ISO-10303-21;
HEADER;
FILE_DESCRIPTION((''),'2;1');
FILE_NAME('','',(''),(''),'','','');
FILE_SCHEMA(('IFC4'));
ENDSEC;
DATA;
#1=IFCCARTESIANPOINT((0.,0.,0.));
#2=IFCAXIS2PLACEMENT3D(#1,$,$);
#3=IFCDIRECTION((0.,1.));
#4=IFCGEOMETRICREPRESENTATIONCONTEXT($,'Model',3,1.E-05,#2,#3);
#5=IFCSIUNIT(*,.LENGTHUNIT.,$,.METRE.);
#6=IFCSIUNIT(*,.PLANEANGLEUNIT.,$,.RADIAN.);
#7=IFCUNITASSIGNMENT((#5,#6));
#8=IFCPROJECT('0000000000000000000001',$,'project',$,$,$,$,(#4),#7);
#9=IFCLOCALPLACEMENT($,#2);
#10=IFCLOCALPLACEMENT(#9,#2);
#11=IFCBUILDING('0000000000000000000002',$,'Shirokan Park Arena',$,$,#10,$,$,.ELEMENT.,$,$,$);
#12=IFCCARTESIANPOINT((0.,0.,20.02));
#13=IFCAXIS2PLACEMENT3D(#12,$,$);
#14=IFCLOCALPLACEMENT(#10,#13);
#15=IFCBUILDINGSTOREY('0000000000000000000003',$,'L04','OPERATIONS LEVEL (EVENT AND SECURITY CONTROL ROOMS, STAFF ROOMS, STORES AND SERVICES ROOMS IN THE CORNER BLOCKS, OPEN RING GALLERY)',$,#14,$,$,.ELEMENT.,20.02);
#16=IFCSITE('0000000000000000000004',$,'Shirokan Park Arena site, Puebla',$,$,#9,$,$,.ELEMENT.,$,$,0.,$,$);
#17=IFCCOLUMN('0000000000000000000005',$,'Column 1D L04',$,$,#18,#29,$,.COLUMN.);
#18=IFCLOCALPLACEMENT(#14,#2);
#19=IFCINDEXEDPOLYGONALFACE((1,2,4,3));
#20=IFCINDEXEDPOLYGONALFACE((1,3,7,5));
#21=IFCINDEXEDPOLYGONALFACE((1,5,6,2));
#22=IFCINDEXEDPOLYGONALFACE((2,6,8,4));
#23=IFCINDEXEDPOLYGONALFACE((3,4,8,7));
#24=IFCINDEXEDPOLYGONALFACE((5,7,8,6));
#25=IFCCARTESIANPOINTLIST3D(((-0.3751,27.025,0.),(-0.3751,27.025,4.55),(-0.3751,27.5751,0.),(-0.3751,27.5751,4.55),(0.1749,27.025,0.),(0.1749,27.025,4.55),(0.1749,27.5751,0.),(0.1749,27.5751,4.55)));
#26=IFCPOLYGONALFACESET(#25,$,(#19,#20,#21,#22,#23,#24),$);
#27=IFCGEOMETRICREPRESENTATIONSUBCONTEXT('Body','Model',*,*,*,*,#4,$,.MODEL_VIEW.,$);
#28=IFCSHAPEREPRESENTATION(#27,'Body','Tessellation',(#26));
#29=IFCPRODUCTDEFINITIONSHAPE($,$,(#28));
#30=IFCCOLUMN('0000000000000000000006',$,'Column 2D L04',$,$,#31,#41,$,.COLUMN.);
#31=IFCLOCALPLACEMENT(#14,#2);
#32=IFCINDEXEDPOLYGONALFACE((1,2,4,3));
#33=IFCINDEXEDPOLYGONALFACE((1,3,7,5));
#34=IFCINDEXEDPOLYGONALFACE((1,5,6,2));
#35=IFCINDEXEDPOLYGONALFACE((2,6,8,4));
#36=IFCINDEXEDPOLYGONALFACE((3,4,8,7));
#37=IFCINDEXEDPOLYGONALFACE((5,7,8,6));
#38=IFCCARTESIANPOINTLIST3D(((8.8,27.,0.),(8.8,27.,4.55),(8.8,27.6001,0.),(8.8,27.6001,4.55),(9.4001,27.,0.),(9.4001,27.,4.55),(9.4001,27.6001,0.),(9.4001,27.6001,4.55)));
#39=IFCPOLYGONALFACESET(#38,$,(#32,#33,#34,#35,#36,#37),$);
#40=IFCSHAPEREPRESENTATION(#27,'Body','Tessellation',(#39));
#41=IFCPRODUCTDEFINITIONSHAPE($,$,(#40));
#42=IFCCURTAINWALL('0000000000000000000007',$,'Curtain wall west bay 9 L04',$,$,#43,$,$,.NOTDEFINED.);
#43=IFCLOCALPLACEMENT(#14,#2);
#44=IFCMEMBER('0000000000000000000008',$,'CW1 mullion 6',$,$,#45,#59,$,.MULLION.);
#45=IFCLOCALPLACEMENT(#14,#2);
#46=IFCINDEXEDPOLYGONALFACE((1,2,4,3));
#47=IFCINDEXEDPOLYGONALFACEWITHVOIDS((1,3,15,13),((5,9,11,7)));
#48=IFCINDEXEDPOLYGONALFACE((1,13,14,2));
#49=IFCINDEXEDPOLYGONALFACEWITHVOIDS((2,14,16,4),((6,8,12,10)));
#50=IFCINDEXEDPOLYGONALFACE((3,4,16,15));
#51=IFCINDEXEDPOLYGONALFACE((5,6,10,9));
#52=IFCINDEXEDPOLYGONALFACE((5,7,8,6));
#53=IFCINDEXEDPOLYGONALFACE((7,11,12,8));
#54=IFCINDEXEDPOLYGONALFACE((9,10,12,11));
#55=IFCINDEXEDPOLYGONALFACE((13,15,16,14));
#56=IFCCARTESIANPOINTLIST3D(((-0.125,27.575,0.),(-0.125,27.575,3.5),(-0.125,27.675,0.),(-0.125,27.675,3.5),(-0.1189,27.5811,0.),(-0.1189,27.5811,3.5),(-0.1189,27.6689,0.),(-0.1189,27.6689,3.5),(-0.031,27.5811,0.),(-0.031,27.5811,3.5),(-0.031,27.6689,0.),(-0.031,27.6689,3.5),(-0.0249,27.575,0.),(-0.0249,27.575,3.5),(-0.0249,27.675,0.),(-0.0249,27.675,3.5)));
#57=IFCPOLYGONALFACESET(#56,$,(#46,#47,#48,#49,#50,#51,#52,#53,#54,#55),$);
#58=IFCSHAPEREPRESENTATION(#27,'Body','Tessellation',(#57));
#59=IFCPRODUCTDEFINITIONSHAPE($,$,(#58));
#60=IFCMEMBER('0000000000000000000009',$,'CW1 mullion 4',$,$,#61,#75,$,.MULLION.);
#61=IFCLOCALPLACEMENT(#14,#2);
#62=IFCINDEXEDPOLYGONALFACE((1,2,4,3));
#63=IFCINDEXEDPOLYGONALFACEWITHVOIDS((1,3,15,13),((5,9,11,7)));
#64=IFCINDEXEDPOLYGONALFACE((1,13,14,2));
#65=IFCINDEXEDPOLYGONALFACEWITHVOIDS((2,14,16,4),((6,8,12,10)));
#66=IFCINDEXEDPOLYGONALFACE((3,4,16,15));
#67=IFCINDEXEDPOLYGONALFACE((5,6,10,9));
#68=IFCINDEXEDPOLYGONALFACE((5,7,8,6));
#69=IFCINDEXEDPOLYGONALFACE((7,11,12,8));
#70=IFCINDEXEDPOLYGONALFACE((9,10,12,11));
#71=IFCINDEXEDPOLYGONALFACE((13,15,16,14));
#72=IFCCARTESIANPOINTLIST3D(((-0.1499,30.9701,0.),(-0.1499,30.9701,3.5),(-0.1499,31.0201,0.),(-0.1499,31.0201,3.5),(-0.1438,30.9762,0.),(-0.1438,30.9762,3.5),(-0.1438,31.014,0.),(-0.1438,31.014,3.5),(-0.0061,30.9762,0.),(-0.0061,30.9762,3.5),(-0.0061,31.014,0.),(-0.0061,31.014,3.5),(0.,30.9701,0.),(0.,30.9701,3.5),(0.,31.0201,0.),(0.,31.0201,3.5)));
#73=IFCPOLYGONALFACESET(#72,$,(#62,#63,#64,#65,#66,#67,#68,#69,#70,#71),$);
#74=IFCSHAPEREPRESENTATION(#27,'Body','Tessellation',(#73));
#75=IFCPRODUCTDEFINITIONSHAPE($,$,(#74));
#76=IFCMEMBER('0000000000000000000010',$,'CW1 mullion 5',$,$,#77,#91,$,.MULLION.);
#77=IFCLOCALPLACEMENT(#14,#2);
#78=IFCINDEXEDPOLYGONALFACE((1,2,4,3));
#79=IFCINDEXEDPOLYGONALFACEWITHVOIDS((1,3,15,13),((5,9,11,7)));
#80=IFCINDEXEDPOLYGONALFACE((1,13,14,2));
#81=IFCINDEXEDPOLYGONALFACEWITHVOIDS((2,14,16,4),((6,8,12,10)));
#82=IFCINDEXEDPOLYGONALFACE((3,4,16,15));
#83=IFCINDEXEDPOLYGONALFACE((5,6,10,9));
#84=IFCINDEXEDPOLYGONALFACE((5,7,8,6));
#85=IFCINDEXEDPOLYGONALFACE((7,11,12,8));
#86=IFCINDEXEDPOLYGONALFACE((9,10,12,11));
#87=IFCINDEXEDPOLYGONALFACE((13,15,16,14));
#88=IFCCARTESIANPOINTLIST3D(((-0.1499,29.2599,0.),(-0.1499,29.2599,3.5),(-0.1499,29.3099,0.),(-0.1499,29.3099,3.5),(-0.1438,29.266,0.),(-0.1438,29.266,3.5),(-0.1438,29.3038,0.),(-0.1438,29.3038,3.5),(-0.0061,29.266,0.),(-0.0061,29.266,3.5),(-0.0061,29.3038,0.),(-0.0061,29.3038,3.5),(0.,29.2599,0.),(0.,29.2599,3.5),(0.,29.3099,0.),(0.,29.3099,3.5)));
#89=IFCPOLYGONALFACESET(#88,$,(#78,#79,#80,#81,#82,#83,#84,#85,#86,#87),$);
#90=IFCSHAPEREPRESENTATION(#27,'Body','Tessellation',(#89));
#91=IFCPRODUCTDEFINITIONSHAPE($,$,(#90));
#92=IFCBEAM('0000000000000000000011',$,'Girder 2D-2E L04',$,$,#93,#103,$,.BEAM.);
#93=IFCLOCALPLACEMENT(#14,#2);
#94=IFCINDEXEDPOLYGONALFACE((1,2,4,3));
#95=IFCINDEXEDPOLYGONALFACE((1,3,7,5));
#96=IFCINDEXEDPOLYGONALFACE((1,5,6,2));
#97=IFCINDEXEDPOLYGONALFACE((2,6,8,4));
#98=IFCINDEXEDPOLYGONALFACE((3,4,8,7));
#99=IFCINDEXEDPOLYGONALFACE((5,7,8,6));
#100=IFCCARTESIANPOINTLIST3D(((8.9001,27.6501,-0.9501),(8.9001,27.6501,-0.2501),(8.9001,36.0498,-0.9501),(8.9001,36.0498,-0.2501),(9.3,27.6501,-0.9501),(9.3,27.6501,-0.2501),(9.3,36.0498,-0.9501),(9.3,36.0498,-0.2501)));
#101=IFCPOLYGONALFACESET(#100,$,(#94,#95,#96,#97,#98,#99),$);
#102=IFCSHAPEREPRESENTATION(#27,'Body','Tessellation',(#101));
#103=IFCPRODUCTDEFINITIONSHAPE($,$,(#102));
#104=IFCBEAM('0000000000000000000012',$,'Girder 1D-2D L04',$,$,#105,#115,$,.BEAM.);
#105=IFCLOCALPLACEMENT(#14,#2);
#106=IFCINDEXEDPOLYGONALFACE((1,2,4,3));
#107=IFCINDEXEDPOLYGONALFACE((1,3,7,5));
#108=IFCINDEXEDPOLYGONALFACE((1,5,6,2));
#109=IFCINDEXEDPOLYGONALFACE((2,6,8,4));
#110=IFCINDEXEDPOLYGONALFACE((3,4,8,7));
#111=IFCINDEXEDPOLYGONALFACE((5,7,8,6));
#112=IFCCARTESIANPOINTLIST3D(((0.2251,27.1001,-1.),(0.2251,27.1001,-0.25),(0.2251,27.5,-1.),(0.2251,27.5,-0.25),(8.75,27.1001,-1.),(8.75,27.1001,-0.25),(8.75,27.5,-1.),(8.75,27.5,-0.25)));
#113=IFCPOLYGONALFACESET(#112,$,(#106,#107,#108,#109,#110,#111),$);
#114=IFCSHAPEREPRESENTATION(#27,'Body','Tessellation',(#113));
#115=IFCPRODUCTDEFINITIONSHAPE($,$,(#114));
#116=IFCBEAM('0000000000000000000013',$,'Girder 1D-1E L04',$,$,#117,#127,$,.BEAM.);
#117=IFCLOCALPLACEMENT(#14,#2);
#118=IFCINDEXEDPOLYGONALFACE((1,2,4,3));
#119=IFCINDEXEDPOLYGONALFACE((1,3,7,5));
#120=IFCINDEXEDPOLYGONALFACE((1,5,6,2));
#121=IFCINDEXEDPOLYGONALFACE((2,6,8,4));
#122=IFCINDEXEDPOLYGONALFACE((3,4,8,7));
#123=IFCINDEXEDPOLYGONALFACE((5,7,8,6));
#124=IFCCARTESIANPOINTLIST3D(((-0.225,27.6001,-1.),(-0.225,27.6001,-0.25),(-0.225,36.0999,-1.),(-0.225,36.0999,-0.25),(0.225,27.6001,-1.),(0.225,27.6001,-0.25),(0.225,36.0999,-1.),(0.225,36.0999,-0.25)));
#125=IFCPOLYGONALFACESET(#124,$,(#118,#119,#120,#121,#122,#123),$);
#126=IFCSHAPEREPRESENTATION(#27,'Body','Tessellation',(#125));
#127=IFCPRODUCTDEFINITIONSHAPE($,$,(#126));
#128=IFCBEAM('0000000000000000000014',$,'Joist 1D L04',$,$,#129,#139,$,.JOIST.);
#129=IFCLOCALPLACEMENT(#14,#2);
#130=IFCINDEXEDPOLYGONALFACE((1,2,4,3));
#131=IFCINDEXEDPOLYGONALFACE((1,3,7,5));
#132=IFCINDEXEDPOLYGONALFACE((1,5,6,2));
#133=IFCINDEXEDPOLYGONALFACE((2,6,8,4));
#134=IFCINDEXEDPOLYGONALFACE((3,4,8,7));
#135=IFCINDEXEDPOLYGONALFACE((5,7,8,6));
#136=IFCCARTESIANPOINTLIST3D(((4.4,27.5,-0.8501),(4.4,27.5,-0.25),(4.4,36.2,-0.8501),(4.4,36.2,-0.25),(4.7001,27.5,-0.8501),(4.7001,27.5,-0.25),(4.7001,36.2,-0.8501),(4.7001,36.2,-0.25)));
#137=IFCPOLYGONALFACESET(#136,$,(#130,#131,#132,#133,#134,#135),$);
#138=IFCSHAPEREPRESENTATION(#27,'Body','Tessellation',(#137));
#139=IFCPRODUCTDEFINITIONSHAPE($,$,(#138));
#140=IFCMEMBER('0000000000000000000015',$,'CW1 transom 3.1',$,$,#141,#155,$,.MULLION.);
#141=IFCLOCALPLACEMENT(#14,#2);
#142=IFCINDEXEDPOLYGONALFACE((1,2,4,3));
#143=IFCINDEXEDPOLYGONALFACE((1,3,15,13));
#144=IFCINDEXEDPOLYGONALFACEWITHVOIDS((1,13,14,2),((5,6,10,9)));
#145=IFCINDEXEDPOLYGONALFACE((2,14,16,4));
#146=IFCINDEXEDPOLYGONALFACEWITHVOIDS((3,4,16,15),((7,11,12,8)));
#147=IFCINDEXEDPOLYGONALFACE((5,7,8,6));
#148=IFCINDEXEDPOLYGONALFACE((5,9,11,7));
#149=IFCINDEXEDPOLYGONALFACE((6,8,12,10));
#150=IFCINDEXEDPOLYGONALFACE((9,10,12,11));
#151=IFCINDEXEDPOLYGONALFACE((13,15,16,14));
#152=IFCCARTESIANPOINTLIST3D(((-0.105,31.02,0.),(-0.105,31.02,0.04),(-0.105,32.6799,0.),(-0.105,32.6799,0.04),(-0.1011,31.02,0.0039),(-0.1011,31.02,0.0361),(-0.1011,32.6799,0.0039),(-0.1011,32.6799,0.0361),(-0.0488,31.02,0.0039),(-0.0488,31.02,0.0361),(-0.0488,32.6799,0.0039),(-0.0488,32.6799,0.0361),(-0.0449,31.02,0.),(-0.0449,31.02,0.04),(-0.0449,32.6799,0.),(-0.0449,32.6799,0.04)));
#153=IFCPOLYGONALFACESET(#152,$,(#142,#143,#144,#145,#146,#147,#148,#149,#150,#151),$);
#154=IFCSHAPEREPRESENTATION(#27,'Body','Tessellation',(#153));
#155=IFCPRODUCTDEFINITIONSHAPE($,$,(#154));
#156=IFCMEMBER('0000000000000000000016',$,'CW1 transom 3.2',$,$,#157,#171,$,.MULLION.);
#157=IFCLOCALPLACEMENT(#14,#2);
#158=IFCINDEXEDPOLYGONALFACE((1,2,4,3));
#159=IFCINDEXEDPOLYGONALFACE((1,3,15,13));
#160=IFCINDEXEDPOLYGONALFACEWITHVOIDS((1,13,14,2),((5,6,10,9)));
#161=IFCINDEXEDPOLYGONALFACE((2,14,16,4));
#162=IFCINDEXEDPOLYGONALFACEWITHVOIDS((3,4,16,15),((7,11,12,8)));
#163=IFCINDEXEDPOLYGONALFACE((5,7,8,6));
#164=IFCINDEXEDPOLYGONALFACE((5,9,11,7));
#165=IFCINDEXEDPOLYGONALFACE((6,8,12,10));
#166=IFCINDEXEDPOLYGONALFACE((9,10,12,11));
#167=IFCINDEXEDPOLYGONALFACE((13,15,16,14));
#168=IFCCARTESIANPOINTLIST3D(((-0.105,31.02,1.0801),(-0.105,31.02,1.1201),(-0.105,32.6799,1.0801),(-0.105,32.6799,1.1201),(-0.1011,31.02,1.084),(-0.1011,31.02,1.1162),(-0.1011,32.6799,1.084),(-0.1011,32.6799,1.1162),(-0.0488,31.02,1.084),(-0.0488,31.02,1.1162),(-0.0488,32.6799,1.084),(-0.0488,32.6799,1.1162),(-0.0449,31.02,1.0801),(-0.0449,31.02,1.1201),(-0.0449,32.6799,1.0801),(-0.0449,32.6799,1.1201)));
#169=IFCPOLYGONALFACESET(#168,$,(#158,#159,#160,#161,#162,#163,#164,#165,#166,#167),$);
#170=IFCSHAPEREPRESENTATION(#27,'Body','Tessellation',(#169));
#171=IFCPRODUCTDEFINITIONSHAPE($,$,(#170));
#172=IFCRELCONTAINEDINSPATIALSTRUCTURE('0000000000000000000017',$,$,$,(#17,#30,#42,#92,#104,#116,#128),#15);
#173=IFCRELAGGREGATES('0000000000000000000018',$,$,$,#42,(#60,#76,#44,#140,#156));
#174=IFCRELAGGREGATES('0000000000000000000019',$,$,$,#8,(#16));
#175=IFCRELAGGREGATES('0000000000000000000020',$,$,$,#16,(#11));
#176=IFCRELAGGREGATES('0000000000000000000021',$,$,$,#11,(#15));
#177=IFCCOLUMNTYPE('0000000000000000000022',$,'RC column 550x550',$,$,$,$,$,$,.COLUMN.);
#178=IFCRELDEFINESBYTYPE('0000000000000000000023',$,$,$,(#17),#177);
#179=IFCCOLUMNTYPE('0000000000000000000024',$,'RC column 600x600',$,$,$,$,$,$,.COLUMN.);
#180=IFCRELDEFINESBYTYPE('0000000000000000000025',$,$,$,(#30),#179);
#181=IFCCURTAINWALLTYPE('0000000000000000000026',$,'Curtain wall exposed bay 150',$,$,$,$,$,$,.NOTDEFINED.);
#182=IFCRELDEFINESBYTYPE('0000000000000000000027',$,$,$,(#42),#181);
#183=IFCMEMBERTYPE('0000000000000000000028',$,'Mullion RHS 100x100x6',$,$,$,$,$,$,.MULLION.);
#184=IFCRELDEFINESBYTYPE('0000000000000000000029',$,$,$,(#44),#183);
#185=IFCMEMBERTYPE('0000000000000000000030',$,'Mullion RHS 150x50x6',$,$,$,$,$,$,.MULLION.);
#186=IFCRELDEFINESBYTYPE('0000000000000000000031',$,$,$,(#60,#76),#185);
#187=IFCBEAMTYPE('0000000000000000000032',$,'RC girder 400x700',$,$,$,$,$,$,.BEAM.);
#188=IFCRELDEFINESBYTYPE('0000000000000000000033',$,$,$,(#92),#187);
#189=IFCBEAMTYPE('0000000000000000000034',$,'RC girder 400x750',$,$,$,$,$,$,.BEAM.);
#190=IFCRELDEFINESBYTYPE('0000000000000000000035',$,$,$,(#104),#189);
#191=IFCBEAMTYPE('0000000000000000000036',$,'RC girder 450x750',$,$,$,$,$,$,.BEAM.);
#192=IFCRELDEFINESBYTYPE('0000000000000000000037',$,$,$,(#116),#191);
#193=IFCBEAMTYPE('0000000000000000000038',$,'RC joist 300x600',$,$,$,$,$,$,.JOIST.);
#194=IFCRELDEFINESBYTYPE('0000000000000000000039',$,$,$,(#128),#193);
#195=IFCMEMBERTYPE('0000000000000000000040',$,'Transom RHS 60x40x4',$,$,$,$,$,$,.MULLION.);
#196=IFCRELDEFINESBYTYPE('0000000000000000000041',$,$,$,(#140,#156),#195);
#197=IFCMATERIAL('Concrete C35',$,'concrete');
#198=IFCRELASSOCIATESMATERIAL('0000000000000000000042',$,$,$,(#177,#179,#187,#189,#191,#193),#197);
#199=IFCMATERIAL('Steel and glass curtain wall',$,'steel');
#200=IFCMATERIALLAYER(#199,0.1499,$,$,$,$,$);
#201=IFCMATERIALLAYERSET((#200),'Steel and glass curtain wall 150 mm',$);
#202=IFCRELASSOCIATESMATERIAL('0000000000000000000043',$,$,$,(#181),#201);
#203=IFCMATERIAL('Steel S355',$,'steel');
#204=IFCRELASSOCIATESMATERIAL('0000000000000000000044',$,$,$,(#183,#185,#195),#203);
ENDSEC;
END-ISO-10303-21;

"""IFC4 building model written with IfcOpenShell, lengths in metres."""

from ifc_helpers import new_model, si_unit, direction, frame, origin, origin_2d, place, context, subcontext, project, spatial, rectangle, hollow_rectangle, extrude, material, layer, layer_set, material_profile, profile_set, type_object, element, aggregate, save


model = new_model("IFC4")

# Units and contexts
model_context = context("Model", 3, precision=1e-05, world=origin(), true_north=direction((0.0, 1.0)))
body_context = subcontext(model_context, "Body", "Model", "MODEL_VIEW")
ifc_project = project(units=[si_unit("LENGTHUNIT", "METRE"), si_unit("PLANEANGLEUNIT", "RADIAN")], contexts=[model_context])

# Site, building, storey
site_placement = place(None, origin())
site = spatial("IfcSite", under=ifc_project, at=site_placement, Name="Shirokan Park Arena site, Puebla", CompositionType="ELEMENT", RefElevation=0.0)
building_placement = place(site_placement, origin())
building = spatial("IfcBuilding", under=site, at=building_placement, Name="Shirokan Park Arena", CompositionType="ELEMENT")
storey_placement = place(building_placement, frame((0.0, 0.0, 20.02)))
storey = spatial("IfcBuildingStorey", under=building, at=storey_placement, Name="L04", Description="OPERATIONS LEVEL (EVENT AND SECURITY CONTROL ROOMS, STAFF ROOMS, STORES AND SERVICES ROOMS IN THE CORNER BLOCKS, OPEN RING GALLERY)", CompositionType="ELEMENT", Elevation=20.02)

# Columns
ifc_material_1 = material(Name="Concrete C35", Category="concrete")
ifc_material_profile_1 = material_profile(ifc_material_1, rectangle(XDim=0.55, YDim=0.55, at=origin_2d()), Name="550x550")
ifc_profile_set_1 = profile_set([ifc_material_profile_1], Name="Concrete C35")
column_type_1 = type_object("IfcColumnType", Name="RC column 550x550", PredefinedType="COLUMN", material=ifc_profile_set_1)
column_1_placement = place(storey_placement, frame((-0.1001, 27.3, 0.0), z_axis=(0.0, 0.0, 1.0), x_axis=(1.0, 0.0, 0.0)))
element("IfcColumn", 1, at=column_1_placement, inside=storey, type_object=column_type_1, Name="Column 1D L04", PredefinedType="COLUMN", context=body_context, shape_type="SweptSolid", body=[
    extrude(rectangle(XDim=0.55, YDim=0.55, at=origin_2d()), origin(), (0.0, 0.0, 1.0), 4.55),
])
ifc_material_profile_2 = material_profile(ifc_material_1, rectangle(XDim=0.6001, YDim=0.6001, at=origin_2d()), Name="600x600")
ifc_profile_set_2 = profile_set([ifc_material_profile_2], Name="Concrete C35")
column_type_2 = type_object("IfcColumnType", Name="RC column 600x600", PredefinedType="COLUMN", material=ifc_profile_set_2)
column_2_placement = place(storey_placement, frame((9.1001, 27.3, 0.0), z_axis=(0.0, 0.0, 1.0), x_axis=(1.0, 0.0, 0.0)))
element("IfcColumn", 2, at=column_2_placement, inside=storey, type_object=column_type_2, Name="Column 2D L04", PredefinedType="COLUMN", context=body_context, shape_type="SweptSolid", body=[
    extrude(rectangle(XDim=0.6001, YDim=0.6001, at=origin_2d()), origin(), (0.0, 0.0, 1.0), 4.55),
])

# Curtain wall, members
ifc_material_2 = material(Name="Steel and glass curtain wall", Category="steel")
ifc_layer_1 = layer(ifc_material_2, 0.1499)
ifc_layer_set_1 = layer_set([ifc_layer_1], Name="Steel and glass curtain wall 150 mm")
curtain_wall_type = type_object("IfcCurtainWallType", Name="Curtain wall exposed bay 150", PredefinedType="NOTDEFINED", material=ifc_layer_set_1)
curtain_wall_placement = place(storey_placement, origin())
curtain_wall = element("IfcCurtainWall", 3, at=curtain_wall_placement, inside=storey, type_object=curtain_wall_type, Name="Curtain wall west bay 9 L04", PredefinedType="NOTDEFINED")
ifc_material_3 = material(Name="Steel S355", Category="steel")
ifc_material_profile_3 = material_profile(ifc_material_3, hollow_rectangle(XDim=0.1001, YDim=0.1001, WallThickness=0.0061, at=origin_2d()), Name="RHS 100x100x6")
ifc_profile_set_3 = profile_set([ifc_material_profile_3], Name="Steel S355")
member_type_1 = type_object("IfcMemberType", Name="Mullion RHS 100x100x6", PredefinedType="MULLION", material=ifc_profile_set_3)
member_1_placement = place(storey_placement, frame((-0.075, 27.625, 0.0), z_axis=(0.0, 0.0, 1.0), x_axis=(1.0, 0.0, 0.0)))
member_1 = element("IfcMember", 4, at=member_1_placement, type_object=member_type_1, Name="CW1 mullion 6", PredefinedType="MULLION", context=body_context, shape_type="SweptSolid", body=[
    extrude(hollow_rectangle(XDim=0.1001, YDim=0.1001, WallThickness=0.0061, at=origin_2d()), origin(), (0.0, 0.0, 1.0), 3.5),
])
ifc_material_profile_4 = material_profile(ifc_material_3, hollow_rectangle(XDim=0.1499, YDim=0.05, WallThickness=0.0061, at=origin_2d()), Name="RHS 150x50x6")
ifc_profile_set_4 = profile_set([ifc_material_profile_4], Name="Steel S355")
member_type_2 = type_object("IfcMemberType", Name="Mullion RHS 150x50x6", PredefinedType="MULLION", material=ifc_profile_set_4)
member_2_placement = place(storey_placement, frame((-0.075, 30.9951, 0.0), z_axis=(0.0, 0.0, 1.0), x_axis=(1.0, 0.0, 0.0)))
member_2 = element("IfcMember", 5, at=member_2_placement, type_object=member_type_2, Name="CW1 mullion 4", PredefinedType="MULLION", context=body_context, shape_type="SweptSolid", body=[
    extrude(hollow_rectangle(XDim=0.1499, YDim=0.05, WallThickness=0.0061, at=origin_2d()), origin(), (0.0, 0.0, 1.0), 3.5),
])
member_3_placement = place(storey_placement, frame((-0.075, 29.2849, 0.0), z_axis=(0.0, 0.0, 1.0), x_axis=(1.0, 0.0, 0.0)))
member_3 = element("IfcMember", 6, at=member_3_placement, type_object=member_type_2, Name="CW1 mullion 5", PredefinedType="MULLION", context=body_context, shape_type="SweptSolid", body=[
    extrude(hollow_rectangle(XDim=0.1499, YDim=0.05, WallThickness=0.0061, at=origin_2d()), origin(), (0.0, 0.0, 1.0), 3.5),
])

# Beams
ifc_material_profile_5 = material_profile(ifc_material_1, rectangle(XDim=0.3999, YDim=0.7, at=origin_2d()), Name="400x700")
ifc_profile_set_5 = profile_set([ifc_material_profile_5], Name="Concrete C35")
beam_type_1 = type_object("IfcBeamType", Name="RC girder 400x700", PredefinedType="BEAM", material=ifc_profile_set_5)
beam_1_placement = place(storey_placement, frame((9.1001, 27.6501, -0.6001), z_axis=(0.0, 1.0, 0.0), x_axis=(-1.0, 0.0, 0.0)))
element("IfcBeam", 7, at=beam_1_placement, inside=storey, type_object=beam_type_1, Name="Girder 2D-2E L04", PredefinedType="BEAM", context=body_context, shape_type="SweptSolid", body=[
    extrude(rectangle(XDim=0.3999, YDim=0.7, at=origin_2d()), origin(), (0.0, 0.0, 1.0), 8.3997),
])
ifc_material_profile_6 = material_profile(ifc_material_1, rectangle(XDim=0.3999, YDim=0.75, at=origin_2d()), Name="400x750")
ifc_profile_set_6 = profile_set([ifc_material_profile_6], Name="Concrete C35")
beam_type_2 = type_object("IfcBeamType", Name="RC girder 400x750", PredefinedType="BEAM", material=ifc_profile_set_6)
beam_2_placement = place(storey_placement, frame((0.2251, 27.3, -0.625), z_axis=(1.0, 0.0, 0.0), x_axis=(0.0, 1.0, 0.0)))
element("IfcBeam", 8, at=beam_2_placement, inside=storey, type_object=beam_type_2, Name="Girder 1D-2D L04", PredefinedType="BEAM", context=body_context, shape_type="SweptSolid", body=[
    extrude(rectangle(XDim=0.3999, YDim=0.75, at=origin_2d()), origin(), (0.0, 0.0, 1.0), 8.5249),
])
ifc_material_profile_7 = material_profile(ifc_material_1, rectangle(XDim=0.45, YDim=0.75, at=origin_2d()), Name="450x750")
ifc_profile_set_7 = profile_set([ifc_material_profile_7], Name="Concrete C35")
beam_type_3 = type_object("IfcBeamType", Name="RC girder 450x750", PredefinedType="BEAM", material=ifc_profile_set_7)
beam_3_placement = place(storey_placement, frame((0.0, 27.6001, -0.625), z_axis=(0.0, 1.0, 0.0), x_axis=(-1.0, 0.0, 0.0)))
element("IfcBeam", 9, at=beam_3_placement, inside=storey, type_object=beam_type_3, Name="Girder 1D-1E L04", PredefinedType="BEAM", context=body_context, shape_type="SweptSolid", body=[
    extrude(rectangle(XDim=0.45, YDim=0.75, at=origin_2d()), origin(), (0.0, 0.0, 1.0), 8.4998),
])
ifc_material_profile_8 = material_profile(ifc_material_1, rectangle(XDim=0.3, YDim=0.6001, at=origin_2d()), Name="300x600")
ifc_profile_set_8 = profile_set([ifc_material_profile_8], Name="Concrete C35")
beam_type_4 = type_object("IfcBeamType", Name="RC joist 300x600", PredefinedType="JOIST", material=ifc_profile_set_8)
beam_4_placement = place(storey_placement, frame((4.55, 27.5, -0.55), z_axis=(0.0, 1.0, 0.0), x_axis=(-1.0, 0.0, 0.0)))
element("IfcBeam", 10, at=beam_4_placement, inside=storey, type_object=beam_type_4, Name="Joist 1D L04", PredefinedType="JOIST", context=body_context, shape_type="SweptSolid", body=[
    extrude(rectangle(XDim=0.3, YDim=0.6001, at=origin_2d()), origin(), (0.0, 0.0, 1.0), 8.7),
])

# Members
ifc_material_profile_9 = material_profile(ifc_material_3, hollow_rectangle(XDim=0.0601, YDim=0.04, WallThickness=0.0039, at=origin_2d()), Name="RHS 60x40x4")
ifc_profile_set_9 = profile_set([ifc_material_profile_9], Name="Steel S355")
member_type_3 = type_object("IfcMemberType", Name="Transom RHS 60x40x4", PredefinedType="MULLION", material=ifc_profile_set_9)
member_4_placement = place(storey_placement, frame((-0.075, 32.6799, 0.02), z_axis=(0.0, -1.0, 0.0), x_axis=(1.0, 0.0, 0.0)))
member_4 = element("IfcMember", 11, at=member_4_placement, type_object=member_type_3, Name="CW1 transom 3.1", PredefinedType="MULLION", context=body_context, shape_type="SweptSolid", body=[
    extrude(hollow_rectangle(XDim=0.0601, YDim=0.04, WallThickness=0.0039, at=origin_2d()), origin(), (0.0, 0.0, 1.0), 1.6599),
])
member_5_placement = place(storey_placement, frame((-0.075, 32.6799, 1.1001), z_axis=(0.0, -1.0, 0.0), x_axis=(1.0, 0.0, 0.0)))
member_5 = element("IfcMember", 12, at=member_5_placement, type_object=member_type_3, Name="CW1 transom 3.2", PredefinedType="MULLION", context=body_context, shape_type="SweptSolid", body=[
    extrude(hollow_rectangle(XDim=0.0601, YDim=0.04, WallThickness=0.0039, at=origin_2d()), origin(), (0.0, 0.0, 1.0), 1.6599),
])

aggregate(curtain_wall, [member_2, member_3, member_1, member_4, member_5])

save(model, "model.ifc")
